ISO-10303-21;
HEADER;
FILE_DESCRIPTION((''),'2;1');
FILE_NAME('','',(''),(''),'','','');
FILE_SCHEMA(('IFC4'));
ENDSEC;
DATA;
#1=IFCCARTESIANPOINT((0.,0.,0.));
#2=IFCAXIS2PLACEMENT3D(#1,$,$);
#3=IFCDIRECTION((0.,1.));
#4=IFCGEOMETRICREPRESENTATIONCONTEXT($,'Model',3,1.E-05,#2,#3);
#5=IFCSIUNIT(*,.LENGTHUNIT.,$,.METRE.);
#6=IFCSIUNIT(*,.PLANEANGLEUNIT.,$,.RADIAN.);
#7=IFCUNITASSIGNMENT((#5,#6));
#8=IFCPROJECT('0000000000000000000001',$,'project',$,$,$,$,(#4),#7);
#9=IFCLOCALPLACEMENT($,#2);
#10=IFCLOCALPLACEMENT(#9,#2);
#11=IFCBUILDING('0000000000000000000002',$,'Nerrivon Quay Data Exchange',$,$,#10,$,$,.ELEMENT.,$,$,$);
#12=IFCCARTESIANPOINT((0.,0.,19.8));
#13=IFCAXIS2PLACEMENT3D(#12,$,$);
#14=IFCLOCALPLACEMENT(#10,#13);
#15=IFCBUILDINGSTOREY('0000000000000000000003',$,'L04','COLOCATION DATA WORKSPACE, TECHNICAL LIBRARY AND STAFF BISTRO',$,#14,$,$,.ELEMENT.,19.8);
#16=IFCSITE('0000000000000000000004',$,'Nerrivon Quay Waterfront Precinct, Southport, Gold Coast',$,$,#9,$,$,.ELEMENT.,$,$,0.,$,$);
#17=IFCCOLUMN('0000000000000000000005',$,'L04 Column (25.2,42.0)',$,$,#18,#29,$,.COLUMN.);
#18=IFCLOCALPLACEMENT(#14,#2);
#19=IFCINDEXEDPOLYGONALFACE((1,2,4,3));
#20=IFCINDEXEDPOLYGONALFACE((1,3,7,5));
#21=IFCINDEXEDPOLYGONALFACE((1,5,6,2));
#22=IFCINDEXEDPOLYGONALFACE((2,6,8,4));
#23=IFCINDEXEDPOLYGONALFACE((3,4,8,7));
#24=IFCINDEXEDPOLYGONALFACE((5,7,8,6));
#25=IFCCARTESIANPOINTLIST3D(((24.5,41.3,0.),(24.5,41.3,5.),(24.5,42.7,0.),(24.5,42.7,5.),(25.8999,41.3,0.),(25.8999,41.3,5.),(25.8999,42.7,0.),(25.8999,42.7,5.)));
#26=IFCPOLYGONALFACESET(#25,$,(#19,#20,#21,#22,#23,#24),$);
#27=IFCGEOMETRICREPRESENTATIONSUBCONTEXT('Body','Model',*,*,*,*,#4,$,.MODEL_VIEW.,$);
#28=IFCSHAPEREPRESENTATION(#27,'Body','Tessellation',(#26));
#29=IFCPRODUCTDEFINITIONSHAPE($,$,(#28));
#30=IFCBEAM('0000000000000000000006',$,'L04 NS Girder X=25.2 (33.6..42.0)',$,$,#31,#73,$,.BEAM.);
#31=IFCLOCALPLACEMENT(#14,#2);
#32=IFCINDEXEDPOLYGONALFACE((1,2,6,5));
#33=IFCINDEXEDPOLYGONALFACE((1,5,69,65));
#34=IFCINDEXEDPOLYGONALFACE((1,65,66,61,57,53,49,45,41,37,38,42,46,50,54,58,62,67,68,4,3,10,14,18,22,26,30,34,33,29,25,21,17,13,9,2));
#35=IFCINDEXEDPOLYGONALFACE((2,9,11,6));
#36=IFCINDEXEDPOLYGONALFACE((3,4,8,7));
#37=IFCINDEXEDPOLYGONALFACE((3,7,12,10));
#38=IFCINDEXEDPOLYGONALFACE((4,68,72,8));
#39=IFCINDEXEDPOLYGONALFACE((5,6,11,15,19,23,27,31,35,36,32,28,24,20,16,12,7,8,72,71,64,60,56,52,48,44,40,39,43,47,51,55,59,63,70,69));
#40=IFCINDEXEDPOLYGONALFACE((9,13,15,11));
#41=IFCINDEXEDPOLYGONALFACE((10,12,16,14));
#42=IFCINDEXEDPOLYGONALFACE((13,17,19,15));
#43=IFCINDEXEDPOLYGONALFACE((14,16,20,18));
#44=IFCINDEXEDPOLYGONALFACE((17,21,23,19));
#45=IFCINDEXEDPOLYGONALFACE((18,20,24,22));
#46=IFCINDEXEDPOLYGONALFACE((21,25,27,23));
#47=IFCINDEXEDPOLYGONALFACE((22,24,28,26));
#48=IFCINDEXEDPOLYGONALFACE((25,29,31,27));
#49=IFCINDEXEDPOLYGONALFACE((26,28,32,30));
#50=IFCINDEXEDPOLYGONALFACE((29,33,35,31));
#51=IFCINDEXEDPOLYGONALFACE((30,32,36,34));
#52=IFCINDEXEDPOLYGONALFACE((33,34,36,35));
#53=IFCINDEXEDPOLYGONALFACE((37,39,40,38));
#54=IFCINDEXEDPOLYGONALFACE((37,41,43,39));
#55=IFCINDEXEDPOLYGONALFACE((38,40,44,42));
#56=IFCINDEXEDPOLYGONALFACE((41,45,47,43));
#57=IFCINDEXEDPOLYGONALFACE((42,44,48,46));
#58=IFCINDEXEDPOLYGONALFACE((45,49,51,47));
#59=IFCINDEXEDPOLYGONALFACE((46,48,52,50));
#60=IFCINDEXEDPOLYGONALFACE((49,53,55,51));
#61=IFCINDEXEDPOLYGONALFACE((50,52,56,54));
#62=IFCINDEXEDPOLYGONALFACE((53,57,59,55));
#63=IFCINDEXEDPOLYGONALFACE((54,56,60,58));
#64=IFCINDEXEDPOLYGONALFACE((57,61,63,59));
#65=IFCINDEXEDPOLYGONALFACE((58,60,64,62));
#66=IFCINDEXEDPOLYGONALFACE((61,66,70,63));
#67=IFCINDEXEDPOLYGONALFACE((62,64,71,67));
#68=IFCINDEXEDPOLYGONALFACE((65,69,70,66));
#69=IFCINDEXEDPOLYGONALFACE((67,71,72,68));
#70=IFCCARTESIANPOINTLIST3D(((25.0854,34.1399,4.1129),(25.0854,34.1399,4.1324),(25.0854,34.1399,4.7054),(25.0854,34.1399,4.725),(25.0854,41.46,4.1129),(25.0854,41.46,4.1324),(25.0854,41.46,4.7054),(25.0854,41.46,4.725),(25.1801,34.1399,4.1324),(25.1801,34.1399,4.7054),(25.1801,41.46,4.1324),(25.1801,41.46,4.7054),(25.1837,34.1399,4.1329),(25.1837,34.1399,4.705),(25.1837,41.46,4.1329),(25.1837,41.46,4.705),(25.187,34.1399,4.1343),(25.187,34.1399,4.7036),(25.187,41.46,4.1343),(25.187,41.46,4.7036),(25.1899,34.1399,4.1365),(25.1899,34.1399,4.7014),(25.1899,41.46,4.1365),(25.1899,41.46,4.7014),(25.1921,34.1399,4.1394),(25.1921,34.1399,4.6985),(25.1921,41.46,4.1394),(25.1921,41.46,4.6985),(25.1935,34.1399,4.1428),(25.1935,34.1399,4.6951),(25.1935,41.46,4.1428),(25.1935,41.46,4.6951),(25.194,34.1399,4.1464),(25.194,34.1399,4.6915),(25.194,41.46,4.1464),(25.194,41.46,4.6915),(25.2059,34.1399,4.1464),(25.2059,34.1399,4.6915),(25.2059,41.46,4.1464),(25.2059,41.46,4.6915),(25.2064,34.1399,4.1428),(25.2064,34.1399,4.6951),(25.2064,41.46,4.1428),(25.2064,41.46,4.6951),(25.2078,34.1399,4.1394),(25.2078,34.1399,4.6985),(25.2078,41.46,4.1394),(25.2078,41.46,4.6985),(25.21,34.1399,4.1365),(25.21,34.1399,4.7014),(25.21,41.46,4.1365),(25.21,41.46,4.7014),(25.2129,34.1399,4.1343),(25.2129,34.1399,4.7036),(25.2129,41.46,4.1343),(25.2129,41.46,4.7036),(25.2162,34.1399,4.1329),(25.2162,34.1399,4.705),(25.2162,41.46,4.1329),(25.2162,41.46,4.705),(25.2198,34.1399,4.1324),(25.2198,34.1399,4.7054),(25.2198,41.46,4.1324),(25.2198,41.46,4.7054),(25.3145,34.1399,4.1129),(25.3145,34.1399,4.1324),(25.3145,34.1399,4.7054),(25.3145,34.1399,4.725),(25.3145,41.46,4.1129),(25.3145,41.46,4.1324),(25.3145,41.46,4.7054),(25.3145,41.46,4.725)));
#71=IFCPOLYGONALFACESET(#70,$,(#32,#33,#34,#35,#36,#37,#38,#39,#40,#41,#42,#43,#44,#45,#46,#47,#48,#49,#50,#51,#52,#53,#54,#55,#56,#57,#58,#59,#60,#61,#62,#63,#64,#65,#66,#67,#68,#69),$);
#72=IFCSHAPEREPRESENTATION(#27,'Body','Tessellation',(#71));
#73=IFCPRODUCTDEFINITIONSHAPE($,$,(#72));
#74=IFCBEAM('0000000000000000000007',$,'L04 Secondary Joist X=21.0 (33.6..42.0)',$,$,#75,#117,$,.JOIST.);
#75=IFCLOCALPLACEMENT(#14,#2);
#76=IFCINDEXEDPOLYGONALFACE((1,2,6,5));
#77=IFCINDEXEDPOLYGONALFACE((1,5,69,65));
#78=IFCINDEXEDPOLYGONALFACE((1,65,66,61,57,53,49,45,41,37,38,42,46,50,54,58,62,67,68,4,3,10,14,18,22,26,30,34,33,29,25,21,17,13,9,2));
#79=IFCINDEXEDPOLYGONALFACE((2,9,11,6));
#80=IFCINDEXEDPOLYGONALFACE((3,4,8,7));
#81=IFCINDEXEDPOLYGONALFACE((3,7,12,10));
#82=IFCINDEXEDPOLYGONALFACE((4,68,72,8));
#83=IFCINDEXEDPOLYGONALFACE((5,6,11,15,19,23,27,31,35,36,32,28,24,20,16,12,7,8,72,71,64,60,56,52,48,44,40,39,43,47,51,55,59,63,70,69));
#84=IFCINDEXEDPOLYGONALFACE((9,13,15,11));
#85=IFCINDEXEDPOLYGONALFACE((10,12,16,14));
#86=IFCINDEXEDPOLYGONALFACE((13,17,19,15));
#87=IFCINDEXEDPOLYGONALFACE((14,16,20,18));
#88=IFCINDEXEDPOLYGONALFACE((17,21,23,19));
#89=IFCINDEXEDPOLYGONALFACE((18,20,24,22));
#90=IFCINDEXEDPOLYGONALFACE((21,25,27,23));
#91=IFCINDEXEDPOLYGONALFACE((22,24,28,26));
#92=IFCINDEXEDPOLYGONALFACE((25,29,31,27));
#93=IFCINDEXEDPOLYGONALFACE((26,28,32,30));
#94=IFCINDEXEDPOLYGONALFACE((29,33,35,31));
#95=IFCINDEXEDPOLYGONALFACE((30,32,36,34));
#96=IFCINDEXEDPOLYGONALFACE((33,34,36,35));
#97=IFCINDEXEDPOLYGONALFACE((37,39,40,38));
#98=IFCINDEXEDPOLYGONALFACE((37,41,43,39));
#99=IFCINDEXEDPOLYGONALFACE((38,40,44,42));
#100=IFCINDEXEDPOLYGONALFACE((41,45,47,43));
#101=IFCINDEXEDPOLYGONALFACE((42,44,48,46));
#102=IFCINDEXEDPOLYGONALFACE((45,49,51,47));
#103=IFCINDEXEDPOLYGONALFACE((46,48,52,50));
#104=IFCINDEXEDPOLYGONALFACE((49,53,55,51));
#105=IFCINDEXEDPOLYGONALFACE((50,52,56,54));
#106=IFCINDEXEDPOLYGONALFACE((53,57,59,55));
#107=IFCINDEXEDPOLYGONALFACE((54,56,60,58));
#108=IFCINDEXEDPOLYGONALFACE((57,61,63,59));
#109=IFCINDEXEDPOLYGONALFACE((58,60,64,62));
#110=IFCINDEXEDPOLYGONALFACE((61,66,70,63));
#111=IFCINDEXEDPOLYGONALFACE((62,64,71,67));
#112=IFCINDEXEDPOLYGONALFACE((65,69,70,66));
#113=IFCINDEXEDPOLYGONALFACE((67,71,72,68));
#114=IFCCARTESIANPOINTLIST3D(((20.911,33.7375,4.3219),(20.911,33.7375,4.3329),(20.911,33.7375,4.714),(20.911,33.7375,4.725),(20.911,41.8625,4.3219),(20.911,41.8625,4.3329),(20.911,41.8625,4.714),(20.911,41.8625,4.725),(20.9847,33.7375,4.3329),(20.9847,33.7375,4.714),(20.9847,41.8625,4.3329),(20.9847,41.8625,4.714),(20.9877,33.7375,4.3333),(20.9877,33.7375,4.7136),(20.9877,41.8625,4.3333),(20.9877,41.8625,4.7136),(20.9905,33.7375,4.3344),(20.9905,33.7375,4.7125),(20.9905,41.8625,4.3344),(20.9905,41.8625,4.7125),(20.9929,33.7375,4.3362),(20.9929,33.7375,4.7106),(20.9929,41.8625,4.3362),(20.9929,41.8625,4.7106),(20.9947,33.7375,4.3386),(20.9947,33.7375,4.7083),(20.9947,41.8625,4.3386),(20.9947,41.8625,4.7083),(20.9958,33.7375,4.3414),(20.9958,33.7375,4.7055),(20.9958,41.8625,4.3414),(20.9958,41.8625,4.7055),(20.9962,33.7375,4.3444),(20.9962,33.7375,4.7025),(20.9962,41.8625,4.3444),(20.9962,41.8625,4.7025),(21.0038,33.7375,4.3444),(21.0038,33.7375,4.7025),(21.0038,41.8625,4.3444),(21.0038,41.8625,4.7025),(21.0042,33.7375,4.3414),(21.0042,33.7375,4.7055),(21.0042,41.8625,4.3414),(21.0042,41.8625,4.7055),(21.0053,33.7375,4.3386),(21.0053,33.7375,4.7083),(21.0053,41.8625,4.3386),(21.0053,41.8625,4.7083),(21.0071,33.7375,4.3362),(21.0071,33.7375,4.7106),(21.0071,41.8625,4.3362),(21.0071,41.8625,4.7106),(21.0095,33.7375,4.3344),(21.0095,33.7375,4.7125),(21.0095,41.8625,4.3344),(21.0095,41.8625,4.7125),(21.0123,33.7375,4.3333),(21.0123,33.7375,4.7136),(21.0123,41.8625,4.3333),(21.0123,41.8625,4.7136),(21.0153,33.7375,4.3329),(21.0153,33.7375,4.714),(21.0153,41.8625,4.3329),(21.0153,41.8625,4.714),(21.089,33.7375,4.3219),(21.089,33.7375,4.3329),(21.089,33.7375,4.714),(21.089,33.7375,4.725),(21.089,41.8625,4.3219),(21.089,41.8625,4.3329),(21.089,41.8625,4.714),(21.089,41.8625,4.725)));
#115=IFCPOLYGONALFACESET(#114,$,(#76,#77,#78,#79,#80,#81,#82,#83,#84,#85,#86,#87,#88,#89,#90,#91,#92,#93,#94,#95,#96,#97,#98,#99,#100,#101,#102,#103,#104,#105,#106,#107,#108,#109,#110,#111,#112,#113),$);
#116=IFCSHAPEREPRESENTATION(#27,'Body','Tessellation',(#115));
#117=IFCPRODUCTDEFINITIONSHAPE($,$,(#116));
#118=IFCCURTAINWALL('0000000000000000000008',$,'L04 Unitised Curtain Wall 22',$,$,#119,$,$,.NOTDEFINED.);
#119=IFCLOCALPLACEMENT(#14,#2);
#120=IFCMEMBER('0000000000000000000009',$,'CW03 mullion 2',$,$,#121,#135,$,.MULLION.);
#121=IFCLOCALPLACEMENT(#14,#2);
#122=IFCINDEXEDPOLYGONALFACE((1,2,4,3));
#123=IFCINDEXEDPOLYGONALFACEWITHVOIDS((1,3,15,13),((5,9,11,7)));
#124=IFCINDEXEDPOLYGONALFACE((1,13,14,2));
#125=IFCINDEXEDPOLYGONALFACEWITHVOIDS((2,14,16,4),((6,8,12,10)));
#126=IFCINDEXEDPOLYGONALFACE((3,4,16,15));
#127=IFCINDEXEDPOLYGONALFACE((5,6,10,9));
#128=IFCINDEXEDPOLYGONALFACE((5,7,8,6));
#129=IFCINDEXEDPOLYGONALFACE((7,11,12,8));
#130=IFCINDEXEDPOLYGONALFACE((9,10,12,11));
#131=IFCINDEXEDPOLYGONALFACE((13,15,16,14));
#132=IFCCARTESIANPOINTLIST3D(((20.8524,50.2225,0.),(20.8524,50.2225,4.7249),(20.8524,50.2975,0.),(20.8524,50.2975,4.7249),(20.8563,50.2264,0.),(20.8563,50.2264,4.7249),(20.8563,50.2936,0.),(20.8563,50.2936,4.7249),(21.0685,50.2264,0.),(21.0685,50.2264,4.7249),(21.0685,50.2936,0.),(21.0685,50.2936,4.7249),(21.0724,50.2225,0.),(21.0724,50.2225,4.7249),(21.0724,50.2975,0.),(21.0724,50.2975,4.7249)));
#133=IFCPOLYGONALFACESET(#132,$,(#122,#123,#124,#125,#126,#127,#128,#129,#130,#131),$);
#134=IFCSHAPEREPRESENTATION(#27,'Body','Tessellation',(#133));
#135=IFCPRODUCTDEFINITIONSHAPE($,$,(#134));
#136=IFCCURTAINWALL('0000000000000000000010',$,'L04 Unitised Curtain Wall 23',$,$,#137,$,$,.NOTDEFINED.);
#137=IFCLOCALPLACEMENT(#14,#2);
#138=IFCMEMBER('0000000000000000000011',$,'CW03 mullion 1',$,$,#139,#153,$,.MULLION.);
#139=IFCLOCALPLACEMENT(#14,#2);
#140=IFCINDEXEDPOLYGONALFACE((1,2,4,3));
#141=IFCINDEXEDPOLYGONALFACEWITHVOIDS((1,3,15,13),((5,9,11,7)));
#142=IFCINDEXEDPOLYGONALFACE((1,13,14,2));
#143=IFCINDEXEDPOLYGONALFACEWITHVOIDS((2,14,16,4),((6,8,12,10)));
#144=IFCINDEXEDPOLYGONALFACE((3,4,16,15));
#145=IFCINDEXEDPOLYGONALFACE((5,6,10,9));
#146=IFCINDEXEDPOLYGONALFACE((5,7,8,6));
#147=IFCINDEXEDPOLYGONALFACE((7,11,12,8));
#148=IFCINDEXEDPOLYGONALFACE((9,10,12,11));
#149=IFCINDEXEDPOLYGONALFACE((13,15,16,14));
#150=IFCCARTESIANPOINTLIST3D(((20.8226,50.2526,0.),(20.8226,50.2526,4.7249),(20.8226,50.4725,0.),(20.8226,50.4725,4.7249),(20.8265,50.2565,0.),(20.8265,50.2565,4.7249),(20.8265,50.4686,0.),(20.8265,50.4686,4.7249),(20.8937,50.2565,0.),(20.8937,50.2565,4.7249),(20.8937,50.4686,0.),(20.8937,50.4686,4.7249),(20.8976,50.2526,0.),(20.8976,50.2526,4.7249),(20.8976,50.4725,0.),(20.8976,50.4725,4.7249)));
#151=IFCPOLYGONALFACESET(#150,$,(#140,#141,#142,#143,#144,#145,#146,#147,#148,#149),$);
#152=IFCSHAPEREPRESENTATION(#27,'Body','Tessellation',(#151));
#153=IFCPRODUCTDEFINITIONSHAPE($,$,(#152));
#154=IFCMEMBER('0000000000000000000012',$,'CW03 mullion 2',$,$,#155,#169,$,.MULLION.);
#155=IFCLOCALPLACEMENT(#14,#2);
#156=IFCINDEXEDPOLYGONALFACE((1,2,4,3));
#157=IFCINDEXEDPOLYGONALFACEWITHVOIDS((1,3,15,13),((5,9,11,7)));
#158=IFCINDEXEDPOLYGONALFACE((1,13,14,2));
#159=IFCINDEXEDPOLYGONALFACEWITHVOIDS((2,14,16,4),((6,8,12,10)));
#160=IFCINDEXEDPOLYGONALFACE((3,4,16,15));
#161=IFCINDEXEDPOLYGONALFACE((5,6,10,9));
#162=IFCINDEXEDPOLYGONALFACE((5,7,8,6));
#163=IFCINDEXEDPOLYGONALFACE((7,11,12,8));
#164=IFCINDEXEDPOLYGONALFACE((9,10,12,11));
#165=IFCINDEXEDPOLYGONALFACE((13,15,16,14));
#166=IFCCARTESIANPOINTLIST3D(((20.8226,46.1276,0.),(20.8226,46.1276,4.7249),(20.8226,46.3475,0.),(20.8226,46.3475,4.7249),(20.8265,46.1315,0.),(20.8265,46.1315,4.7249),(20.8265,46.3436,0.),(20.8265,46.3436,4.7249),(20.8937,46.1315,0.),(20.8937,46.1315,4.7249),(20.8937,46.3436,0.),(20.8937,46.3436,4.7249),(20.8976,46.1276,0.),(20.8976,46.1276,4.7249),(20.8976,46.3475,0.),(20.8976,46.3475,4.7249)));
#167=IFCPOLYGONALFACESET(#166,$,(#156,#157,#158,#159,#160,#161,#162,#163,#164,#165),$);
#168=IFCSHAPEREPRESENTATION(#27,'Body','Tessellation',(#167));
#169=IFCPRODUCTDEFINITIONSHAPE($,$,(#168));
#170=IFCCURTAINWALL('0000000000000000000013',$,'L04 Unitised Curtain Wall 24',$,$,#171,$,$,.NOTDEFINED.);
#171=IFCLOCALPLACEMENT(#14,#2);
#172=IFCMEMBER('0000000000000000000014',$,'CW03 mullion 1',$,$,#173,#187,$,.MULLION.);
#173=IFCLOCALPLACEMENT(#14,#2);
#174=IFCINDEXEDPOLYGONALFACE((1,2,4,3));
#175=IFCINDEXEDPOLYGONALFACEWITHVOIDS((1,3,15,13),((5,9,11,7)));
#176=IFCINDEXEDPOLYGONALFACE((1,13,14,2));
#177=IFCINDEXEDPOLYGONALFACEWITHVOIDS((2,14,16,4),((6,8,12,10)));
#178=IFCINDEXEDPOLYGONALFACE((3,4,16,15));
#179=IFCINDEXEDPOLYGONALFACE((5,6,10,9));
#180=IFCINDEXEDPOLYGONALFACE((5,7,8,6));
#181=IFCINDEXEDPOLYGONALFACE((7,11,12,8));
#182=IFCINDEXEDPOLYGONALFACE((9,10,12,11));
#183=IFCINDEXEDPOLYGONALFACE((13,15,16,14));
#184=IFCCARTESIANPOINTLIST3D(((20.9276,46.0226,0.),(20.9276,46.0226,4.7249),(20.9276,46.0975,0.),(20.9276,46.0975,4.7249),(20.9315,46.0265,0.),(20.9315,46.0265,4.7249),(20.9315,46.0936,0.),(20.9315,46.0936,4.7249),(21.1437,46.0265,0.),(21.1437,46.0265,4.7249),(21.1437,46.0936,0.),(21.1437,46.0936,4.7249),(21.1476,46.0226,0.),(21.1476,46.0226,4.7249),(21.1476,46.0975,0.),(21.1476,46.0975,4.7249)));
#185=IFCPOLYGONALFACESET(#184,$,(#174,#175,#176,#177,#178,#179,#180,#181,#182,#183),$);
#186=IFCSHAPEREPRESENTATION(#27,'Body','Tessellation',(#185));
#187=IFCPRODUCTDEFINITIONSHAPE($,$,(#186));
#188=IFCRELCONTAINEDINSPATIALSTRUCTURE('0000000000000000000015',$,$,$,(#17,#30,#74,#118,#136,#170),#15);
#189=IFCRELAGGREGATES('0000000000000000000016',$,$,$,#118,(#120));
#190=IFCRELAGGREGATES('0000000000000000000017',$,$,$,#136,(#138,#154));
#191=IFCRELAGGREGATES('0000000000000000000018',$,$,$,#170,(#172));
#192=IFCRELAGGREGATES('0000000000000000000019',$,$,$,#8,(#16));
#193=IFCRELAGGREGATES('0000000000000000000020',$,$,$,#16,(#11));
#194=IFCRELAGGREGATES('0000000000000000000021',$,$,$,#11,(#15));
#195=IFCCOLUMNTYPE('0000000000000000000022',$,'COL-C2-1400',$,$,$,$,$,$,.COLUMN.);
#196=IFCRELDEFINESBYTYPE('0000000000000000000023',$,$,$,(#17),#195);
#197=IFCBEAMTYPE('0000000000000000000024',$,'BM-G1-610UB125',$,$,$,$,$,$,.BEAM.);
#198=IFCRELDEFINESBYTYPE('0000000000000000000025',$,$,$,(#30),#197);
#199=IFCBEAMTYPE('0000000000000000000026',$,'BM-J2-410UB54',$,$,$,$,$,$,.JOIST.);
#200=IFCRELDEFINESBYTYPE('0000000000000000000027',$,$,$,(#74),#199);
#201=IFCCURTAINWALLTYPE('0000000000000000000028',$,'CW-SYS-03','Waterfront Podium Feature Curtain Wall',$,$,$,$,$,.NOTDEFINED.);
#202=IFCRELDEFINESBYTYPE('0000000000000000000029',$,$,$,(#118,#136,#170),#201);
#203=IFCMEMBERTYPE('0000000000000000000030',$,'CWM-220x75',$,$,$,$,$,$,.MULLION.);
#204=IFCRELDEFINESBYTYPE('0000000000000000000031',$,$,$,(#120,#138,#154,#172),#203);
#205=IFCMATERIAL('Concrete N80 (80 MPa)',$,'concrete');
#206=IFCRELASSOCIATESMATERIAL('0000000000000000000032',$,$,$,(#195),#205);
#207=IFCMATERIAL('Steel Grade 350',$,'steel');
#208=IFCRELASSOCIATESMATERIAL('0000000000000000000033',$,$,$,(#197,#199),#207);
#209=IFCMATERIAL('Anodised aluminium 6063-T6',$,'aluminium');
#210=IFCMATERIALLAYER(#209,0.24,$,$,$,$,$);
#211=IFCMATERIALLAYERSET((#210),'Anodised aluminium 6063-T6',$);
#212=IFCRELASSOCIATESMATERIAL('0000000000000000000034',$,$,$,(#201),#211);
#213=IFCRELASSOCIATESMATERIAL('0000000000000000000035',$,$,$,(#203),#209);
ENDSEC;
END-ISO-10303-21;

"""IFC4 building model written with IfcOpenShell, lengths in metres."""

from ifc_helpers import new_model, si_unit, direction, frame, origin, origin_2d, place, context, subcontext, project, spatial, rectangle, hollow_rectangle, i_section, extrude, material, layer, layer_set, material_profile, profile_set, type_object, element, aggregate, save


model = new_model("IFC4")

# Units and contexts
model_context = context("Model", 3, precision=1e-05, world=origin(), true_north=direction((0.0, 1.0)))
body_context = subcontext(model_context, "Body", "Model", "MODEL_VIEW")
ifc_project = project(units=[si_unit("LENGTHUNIT", "METRE"), si_unit("PLANEANGLEUNIT", "RADIAN")], contexts=[model_context])

# Site, building, storey
site_placement = place(None, origin())
site = spatial("IfcSite", under=ifc_project, at=site_placement, Name="Nerrivon Quay Waterfront Precinct, Southport, Gold Coast", CompositionType="ELEMENT", RefElevation=0.0)
building_placement = place(site_placement, origin())
building = spatial("IfcBuilding", under=site, at=building_placement, Name="Nerrivon Quay Data Exchange", CompositionType="ELEMENT")
storey_placement = place(building_placement, frame((0.0, 0.0, 19.8)))
storey = spatial("IfcBuildingStorey", under=building, at=storey_placement, Name="L04", Description="COLOCATION DATA WORKSPACE, TECHNICAL LIBRARY AND STAFF BISTRO", CompositionType="ELEMENT", Elevation=19.8)

# Column
ifc_material_1 = material(Name="Concrete N80 (80 MPa)", Category="concrete")
ifc_material_profile_1 = material_profile(ifc_material_1, rectangle(XDim=1.3999, YDim=1.3999, at=origin_2d()), Name="RC-COL-1400x1400")
ifc_profile_set_1 = profile_set([ifc_material_profile_1], Name="Concrete N80 (80 MPa)")
column_type = type_object("IfcColumnType", Name="COL-C2-1400", PredefinedType="COLUMN", material=ifc_profile_set_1)
column_placement = place(storey_placement, frame((25.2, 42.0, 0.0), z_axis=(0.0, 0.0, 1.0), x_axis=(1.0, 0.0, 0.0)))
element("IfcColumn", 1, at=column_placement, inside=storey, type_object=column_type, Name="L04 Column (25.2,42.0)", PredefinedType="COLUMN", context=body_context, shape_type="SweptSolid", body=[
    extrude(rectangle(XDim=1.3999, YDim=1.3999, at=origin_2d()), origin(), (0.0, 0.0, 1.0), 5.0),
])

# Beams
ifc_material_2 = material(Name="Steel Grade 350", Category="steel")
ifc_material_profile_2 = material_profile(ifc_material_2, i_section(OverallWidth=0.229, OverallDepth=0.6121, WebThickness=0.012, FlangeThickness=0.0195, FilletRadius=0.0139, at=origin_2d()), Name="610UB125")
ifc_profile_set_2 = profile_set([ifc_material_profile_2], Name="Steel Grade 350")
beam_type_1 = type_object("IfcBeamType", Name="BM-G1-610UB125", PredefinedType="BEAM", material=ifc_profile_set_2)
beam_1_placement = place(storey_placement, frame((25.2, 34.1399, 4.4189), z_axis=(0.0, 1.0, 0.0), x_axis=(-1.0, 0.0, 0.0)))
element("IfcBeam", 2, at=beam_1_placement, inside=storey, type_object=beam_type_1, Name="L04 NS Girder X=25.2 (33.6..42.0)", PredefinedType="BEAM", context=body_context, shape_type="SweptSolid", body=[
    extrude(i_section(OverallWidth=0.229, OverallDepth=0.6121, WebThickness=0.012, FlangeThickness=0.0195, FilletRadius=0.0139, at=origin_2d()), origin(), (0.0, 0.0, 1.0), 7.3201),
])
ifc_material_profile_3 = material_profile(ifc_material_2, i_section(OverallWidth=0.178, OverallDepth=0.4031, WebThickness=0.0076, FlangeThickness=0.011, FilletRadius=0.0115, at=origin_2d()), Name="410UB53.7")
ifc_profile_set_3 = profile_set([ifc_material_profile_3], Name="Steel Grade 350")
beam_type_2 = type_object("IfcBeamType", Name="BM-J2-410UB54", PredefinedType="JOIST", material=ifc_profile_set_3)
beam_2_placement = place(storey_placement, frame((21.0, 33.7375, 4.5234), z_axis=(0.0, 1.0, 0.0), x_axis=(-1.0, 0.0, 0.0)))
element("IfcBeam", 3, at=beam_2_placement, inside=storey, type_object=beam_type_2, Name="L04 Secondary Joist X=21.0 (33.6..42.0)", PredefinedType="JOIST", context=body_context, shape_type="SweptSolid", body=[
    extrude(i_section(OverallWidth=0.178, OverallDepth=0.4031, WebThickness=0.0076, FlangeThickness=0.011, FilletRadius=0.0115, at=origin_2d()), origin(), (0.0, 0.0, 1.0), 8.125),
])

# Curtain wall, member
ifc_material_3 = material(Name="Anodised aluminium 6063-T6", Category="aluminium")
ifc_layer_1 = layer(ifc_material_3, 0.24)
ifc_layer_set_1 = layer_set([ifc_layer_1], Name="Anodised aluminium 6063-T6")
curtain_wall_type = type_object("IfcCurtainWallType", Name="CW-SYS-03", Description="Waterfront Podium Feature Curtain Wall", PredefinedType="NOTDEFINED", material=ifc_layer_set_1)
curtain_wall_1_placement = place(storey_placement, origin())
curtain_wall_1 = element("IfcCurtainWall", 4, at=curtain_wall_1_placement, inside=storey, type_object=curtain_wall_type, Name="L04 Unitised Curtain Wall 22", PredefinedType="NOTDEFINED")
ifc_material_profile_4 = material_profile(ifc_material_3, hollow_rectangle(XDim=0.075, YDim=0.22, WallThickness=0.0039, at=origin_2d()), Name="ALU-MULL-220x75")
ifc_profile_set_4 = profile_set([ifc_material_profile_4], Name="Anodised aluminium 6063-T6")
member_type_1 = type_object("IfcMemberType", Name="CWM-220x75", PredefinedType="MULLION", material=ifc_profile_set_4)
member_1_placement = place(storey_placement, frame((20.9624, 50.26, 0.0), z_axis=(0.0, 0.0, 1.0), x_axis=(0.0, 1.0, 0.0)))
member_1 = element("IfcMember", 5, at=member_1_placement, type_object=member_type_1, Name="CW03 mullion 2", PredefinedType="MULLION", context=body_context, shape_type="SweptSolid", body=[
    extrude(hollow_rectangle(XDim=0.075, YDim=0.22, WallThickness=0.0039, at=origin_2d()), origin(), (0.0, 0.0, 1.0), 4.7249),
])
aggregate(curtain_wall_1, [member_1])

# Curtain walls, members
curtain_wall_2_placement = place(storey_placement, origin())
curtain_wall_2 = element("IfcCurtainWall", 6, at=curtain_wall_2_placement, inside=storey, type_object=curtain_wall_type, Name="L04 Unitised Curtain Wall 23", PredefinedType="NOTDEFINED")
member_2_placement = place(storey_placement, frame((20.8601, 50.3625, 0.0), z_axis=(0.0, 0.0, 1.0), x_axis=(1.0, 0.0, 0.0)))
member_2 = element("IfcMember", 7, at=member_2_placement, type_object=member_type_1, Name="CW03 mullion 1", PredefinedType="MULLION", context=body_context, shape_type="SweptSolid", body=[
    extrude(hollow_rectangle(XDim=0.075, YDim=0.22, WallThickness=0.0039, at=origin_2d()), origin(), (0.0, 0.0, 1.0), 4.7249),
])
member_3_placement = place(storey_placement, frame((20.8601, 46.2375, 0.0), z_axis=(0.0, 0.0, 1.0), x_axis=(1.0, 0.0, 0.0)))
member_3 = element("IfcMember", 8, at=member_3_placement, type_object=member_type_1, Name="CW03 mullion 2", PredefinedType="MULLION", context=body_context, shape_type="SweptSolid", body=[
    extrude(hollow_rectangle(XDim=0.075, YDim=0.22, WallThickness=0.0039, at=origin_2d()), origin(), (0.0, 0.0, 1.0), 4.7249),
])
curtain_wall_3_placement = place(storey_placement, origin())
curtain_wall_3 = element("IfcCurtainWall", 9, at=curtain_wall_3_placement, inside=storey, type_object=curtain_wall_type, Name="L04 Unitised Curtain Wall 24", PredefinedType="NOTDEFINED")
member_4_placement = place(storey_placement, frame((21.0376, 46.0601, 0.0), z_axis=(0.0, 0.0, 1.0), x_axis=(0.0, 1.0, 0.0)))
member_4 = element("IfcMember", 10, at=member_4_placement, type_object=member_type_1, Name="CW03 mullion 1", PredefinedType="MULLION", context=body_context, shape_type="SweptSolid", body=[
    extrude(hollow_rectangle(XDim=0.075, YDim=0.22, WallThickness=0.0039, at=origin_2d()), origin(), (0.0, 0.0, 1.0), 4.7249),
])

aggregate(curtain_wall_2, [member_2, member_3])
aggregate(curtain_wall_3, [member_4])

save(model, "model.ifc")
